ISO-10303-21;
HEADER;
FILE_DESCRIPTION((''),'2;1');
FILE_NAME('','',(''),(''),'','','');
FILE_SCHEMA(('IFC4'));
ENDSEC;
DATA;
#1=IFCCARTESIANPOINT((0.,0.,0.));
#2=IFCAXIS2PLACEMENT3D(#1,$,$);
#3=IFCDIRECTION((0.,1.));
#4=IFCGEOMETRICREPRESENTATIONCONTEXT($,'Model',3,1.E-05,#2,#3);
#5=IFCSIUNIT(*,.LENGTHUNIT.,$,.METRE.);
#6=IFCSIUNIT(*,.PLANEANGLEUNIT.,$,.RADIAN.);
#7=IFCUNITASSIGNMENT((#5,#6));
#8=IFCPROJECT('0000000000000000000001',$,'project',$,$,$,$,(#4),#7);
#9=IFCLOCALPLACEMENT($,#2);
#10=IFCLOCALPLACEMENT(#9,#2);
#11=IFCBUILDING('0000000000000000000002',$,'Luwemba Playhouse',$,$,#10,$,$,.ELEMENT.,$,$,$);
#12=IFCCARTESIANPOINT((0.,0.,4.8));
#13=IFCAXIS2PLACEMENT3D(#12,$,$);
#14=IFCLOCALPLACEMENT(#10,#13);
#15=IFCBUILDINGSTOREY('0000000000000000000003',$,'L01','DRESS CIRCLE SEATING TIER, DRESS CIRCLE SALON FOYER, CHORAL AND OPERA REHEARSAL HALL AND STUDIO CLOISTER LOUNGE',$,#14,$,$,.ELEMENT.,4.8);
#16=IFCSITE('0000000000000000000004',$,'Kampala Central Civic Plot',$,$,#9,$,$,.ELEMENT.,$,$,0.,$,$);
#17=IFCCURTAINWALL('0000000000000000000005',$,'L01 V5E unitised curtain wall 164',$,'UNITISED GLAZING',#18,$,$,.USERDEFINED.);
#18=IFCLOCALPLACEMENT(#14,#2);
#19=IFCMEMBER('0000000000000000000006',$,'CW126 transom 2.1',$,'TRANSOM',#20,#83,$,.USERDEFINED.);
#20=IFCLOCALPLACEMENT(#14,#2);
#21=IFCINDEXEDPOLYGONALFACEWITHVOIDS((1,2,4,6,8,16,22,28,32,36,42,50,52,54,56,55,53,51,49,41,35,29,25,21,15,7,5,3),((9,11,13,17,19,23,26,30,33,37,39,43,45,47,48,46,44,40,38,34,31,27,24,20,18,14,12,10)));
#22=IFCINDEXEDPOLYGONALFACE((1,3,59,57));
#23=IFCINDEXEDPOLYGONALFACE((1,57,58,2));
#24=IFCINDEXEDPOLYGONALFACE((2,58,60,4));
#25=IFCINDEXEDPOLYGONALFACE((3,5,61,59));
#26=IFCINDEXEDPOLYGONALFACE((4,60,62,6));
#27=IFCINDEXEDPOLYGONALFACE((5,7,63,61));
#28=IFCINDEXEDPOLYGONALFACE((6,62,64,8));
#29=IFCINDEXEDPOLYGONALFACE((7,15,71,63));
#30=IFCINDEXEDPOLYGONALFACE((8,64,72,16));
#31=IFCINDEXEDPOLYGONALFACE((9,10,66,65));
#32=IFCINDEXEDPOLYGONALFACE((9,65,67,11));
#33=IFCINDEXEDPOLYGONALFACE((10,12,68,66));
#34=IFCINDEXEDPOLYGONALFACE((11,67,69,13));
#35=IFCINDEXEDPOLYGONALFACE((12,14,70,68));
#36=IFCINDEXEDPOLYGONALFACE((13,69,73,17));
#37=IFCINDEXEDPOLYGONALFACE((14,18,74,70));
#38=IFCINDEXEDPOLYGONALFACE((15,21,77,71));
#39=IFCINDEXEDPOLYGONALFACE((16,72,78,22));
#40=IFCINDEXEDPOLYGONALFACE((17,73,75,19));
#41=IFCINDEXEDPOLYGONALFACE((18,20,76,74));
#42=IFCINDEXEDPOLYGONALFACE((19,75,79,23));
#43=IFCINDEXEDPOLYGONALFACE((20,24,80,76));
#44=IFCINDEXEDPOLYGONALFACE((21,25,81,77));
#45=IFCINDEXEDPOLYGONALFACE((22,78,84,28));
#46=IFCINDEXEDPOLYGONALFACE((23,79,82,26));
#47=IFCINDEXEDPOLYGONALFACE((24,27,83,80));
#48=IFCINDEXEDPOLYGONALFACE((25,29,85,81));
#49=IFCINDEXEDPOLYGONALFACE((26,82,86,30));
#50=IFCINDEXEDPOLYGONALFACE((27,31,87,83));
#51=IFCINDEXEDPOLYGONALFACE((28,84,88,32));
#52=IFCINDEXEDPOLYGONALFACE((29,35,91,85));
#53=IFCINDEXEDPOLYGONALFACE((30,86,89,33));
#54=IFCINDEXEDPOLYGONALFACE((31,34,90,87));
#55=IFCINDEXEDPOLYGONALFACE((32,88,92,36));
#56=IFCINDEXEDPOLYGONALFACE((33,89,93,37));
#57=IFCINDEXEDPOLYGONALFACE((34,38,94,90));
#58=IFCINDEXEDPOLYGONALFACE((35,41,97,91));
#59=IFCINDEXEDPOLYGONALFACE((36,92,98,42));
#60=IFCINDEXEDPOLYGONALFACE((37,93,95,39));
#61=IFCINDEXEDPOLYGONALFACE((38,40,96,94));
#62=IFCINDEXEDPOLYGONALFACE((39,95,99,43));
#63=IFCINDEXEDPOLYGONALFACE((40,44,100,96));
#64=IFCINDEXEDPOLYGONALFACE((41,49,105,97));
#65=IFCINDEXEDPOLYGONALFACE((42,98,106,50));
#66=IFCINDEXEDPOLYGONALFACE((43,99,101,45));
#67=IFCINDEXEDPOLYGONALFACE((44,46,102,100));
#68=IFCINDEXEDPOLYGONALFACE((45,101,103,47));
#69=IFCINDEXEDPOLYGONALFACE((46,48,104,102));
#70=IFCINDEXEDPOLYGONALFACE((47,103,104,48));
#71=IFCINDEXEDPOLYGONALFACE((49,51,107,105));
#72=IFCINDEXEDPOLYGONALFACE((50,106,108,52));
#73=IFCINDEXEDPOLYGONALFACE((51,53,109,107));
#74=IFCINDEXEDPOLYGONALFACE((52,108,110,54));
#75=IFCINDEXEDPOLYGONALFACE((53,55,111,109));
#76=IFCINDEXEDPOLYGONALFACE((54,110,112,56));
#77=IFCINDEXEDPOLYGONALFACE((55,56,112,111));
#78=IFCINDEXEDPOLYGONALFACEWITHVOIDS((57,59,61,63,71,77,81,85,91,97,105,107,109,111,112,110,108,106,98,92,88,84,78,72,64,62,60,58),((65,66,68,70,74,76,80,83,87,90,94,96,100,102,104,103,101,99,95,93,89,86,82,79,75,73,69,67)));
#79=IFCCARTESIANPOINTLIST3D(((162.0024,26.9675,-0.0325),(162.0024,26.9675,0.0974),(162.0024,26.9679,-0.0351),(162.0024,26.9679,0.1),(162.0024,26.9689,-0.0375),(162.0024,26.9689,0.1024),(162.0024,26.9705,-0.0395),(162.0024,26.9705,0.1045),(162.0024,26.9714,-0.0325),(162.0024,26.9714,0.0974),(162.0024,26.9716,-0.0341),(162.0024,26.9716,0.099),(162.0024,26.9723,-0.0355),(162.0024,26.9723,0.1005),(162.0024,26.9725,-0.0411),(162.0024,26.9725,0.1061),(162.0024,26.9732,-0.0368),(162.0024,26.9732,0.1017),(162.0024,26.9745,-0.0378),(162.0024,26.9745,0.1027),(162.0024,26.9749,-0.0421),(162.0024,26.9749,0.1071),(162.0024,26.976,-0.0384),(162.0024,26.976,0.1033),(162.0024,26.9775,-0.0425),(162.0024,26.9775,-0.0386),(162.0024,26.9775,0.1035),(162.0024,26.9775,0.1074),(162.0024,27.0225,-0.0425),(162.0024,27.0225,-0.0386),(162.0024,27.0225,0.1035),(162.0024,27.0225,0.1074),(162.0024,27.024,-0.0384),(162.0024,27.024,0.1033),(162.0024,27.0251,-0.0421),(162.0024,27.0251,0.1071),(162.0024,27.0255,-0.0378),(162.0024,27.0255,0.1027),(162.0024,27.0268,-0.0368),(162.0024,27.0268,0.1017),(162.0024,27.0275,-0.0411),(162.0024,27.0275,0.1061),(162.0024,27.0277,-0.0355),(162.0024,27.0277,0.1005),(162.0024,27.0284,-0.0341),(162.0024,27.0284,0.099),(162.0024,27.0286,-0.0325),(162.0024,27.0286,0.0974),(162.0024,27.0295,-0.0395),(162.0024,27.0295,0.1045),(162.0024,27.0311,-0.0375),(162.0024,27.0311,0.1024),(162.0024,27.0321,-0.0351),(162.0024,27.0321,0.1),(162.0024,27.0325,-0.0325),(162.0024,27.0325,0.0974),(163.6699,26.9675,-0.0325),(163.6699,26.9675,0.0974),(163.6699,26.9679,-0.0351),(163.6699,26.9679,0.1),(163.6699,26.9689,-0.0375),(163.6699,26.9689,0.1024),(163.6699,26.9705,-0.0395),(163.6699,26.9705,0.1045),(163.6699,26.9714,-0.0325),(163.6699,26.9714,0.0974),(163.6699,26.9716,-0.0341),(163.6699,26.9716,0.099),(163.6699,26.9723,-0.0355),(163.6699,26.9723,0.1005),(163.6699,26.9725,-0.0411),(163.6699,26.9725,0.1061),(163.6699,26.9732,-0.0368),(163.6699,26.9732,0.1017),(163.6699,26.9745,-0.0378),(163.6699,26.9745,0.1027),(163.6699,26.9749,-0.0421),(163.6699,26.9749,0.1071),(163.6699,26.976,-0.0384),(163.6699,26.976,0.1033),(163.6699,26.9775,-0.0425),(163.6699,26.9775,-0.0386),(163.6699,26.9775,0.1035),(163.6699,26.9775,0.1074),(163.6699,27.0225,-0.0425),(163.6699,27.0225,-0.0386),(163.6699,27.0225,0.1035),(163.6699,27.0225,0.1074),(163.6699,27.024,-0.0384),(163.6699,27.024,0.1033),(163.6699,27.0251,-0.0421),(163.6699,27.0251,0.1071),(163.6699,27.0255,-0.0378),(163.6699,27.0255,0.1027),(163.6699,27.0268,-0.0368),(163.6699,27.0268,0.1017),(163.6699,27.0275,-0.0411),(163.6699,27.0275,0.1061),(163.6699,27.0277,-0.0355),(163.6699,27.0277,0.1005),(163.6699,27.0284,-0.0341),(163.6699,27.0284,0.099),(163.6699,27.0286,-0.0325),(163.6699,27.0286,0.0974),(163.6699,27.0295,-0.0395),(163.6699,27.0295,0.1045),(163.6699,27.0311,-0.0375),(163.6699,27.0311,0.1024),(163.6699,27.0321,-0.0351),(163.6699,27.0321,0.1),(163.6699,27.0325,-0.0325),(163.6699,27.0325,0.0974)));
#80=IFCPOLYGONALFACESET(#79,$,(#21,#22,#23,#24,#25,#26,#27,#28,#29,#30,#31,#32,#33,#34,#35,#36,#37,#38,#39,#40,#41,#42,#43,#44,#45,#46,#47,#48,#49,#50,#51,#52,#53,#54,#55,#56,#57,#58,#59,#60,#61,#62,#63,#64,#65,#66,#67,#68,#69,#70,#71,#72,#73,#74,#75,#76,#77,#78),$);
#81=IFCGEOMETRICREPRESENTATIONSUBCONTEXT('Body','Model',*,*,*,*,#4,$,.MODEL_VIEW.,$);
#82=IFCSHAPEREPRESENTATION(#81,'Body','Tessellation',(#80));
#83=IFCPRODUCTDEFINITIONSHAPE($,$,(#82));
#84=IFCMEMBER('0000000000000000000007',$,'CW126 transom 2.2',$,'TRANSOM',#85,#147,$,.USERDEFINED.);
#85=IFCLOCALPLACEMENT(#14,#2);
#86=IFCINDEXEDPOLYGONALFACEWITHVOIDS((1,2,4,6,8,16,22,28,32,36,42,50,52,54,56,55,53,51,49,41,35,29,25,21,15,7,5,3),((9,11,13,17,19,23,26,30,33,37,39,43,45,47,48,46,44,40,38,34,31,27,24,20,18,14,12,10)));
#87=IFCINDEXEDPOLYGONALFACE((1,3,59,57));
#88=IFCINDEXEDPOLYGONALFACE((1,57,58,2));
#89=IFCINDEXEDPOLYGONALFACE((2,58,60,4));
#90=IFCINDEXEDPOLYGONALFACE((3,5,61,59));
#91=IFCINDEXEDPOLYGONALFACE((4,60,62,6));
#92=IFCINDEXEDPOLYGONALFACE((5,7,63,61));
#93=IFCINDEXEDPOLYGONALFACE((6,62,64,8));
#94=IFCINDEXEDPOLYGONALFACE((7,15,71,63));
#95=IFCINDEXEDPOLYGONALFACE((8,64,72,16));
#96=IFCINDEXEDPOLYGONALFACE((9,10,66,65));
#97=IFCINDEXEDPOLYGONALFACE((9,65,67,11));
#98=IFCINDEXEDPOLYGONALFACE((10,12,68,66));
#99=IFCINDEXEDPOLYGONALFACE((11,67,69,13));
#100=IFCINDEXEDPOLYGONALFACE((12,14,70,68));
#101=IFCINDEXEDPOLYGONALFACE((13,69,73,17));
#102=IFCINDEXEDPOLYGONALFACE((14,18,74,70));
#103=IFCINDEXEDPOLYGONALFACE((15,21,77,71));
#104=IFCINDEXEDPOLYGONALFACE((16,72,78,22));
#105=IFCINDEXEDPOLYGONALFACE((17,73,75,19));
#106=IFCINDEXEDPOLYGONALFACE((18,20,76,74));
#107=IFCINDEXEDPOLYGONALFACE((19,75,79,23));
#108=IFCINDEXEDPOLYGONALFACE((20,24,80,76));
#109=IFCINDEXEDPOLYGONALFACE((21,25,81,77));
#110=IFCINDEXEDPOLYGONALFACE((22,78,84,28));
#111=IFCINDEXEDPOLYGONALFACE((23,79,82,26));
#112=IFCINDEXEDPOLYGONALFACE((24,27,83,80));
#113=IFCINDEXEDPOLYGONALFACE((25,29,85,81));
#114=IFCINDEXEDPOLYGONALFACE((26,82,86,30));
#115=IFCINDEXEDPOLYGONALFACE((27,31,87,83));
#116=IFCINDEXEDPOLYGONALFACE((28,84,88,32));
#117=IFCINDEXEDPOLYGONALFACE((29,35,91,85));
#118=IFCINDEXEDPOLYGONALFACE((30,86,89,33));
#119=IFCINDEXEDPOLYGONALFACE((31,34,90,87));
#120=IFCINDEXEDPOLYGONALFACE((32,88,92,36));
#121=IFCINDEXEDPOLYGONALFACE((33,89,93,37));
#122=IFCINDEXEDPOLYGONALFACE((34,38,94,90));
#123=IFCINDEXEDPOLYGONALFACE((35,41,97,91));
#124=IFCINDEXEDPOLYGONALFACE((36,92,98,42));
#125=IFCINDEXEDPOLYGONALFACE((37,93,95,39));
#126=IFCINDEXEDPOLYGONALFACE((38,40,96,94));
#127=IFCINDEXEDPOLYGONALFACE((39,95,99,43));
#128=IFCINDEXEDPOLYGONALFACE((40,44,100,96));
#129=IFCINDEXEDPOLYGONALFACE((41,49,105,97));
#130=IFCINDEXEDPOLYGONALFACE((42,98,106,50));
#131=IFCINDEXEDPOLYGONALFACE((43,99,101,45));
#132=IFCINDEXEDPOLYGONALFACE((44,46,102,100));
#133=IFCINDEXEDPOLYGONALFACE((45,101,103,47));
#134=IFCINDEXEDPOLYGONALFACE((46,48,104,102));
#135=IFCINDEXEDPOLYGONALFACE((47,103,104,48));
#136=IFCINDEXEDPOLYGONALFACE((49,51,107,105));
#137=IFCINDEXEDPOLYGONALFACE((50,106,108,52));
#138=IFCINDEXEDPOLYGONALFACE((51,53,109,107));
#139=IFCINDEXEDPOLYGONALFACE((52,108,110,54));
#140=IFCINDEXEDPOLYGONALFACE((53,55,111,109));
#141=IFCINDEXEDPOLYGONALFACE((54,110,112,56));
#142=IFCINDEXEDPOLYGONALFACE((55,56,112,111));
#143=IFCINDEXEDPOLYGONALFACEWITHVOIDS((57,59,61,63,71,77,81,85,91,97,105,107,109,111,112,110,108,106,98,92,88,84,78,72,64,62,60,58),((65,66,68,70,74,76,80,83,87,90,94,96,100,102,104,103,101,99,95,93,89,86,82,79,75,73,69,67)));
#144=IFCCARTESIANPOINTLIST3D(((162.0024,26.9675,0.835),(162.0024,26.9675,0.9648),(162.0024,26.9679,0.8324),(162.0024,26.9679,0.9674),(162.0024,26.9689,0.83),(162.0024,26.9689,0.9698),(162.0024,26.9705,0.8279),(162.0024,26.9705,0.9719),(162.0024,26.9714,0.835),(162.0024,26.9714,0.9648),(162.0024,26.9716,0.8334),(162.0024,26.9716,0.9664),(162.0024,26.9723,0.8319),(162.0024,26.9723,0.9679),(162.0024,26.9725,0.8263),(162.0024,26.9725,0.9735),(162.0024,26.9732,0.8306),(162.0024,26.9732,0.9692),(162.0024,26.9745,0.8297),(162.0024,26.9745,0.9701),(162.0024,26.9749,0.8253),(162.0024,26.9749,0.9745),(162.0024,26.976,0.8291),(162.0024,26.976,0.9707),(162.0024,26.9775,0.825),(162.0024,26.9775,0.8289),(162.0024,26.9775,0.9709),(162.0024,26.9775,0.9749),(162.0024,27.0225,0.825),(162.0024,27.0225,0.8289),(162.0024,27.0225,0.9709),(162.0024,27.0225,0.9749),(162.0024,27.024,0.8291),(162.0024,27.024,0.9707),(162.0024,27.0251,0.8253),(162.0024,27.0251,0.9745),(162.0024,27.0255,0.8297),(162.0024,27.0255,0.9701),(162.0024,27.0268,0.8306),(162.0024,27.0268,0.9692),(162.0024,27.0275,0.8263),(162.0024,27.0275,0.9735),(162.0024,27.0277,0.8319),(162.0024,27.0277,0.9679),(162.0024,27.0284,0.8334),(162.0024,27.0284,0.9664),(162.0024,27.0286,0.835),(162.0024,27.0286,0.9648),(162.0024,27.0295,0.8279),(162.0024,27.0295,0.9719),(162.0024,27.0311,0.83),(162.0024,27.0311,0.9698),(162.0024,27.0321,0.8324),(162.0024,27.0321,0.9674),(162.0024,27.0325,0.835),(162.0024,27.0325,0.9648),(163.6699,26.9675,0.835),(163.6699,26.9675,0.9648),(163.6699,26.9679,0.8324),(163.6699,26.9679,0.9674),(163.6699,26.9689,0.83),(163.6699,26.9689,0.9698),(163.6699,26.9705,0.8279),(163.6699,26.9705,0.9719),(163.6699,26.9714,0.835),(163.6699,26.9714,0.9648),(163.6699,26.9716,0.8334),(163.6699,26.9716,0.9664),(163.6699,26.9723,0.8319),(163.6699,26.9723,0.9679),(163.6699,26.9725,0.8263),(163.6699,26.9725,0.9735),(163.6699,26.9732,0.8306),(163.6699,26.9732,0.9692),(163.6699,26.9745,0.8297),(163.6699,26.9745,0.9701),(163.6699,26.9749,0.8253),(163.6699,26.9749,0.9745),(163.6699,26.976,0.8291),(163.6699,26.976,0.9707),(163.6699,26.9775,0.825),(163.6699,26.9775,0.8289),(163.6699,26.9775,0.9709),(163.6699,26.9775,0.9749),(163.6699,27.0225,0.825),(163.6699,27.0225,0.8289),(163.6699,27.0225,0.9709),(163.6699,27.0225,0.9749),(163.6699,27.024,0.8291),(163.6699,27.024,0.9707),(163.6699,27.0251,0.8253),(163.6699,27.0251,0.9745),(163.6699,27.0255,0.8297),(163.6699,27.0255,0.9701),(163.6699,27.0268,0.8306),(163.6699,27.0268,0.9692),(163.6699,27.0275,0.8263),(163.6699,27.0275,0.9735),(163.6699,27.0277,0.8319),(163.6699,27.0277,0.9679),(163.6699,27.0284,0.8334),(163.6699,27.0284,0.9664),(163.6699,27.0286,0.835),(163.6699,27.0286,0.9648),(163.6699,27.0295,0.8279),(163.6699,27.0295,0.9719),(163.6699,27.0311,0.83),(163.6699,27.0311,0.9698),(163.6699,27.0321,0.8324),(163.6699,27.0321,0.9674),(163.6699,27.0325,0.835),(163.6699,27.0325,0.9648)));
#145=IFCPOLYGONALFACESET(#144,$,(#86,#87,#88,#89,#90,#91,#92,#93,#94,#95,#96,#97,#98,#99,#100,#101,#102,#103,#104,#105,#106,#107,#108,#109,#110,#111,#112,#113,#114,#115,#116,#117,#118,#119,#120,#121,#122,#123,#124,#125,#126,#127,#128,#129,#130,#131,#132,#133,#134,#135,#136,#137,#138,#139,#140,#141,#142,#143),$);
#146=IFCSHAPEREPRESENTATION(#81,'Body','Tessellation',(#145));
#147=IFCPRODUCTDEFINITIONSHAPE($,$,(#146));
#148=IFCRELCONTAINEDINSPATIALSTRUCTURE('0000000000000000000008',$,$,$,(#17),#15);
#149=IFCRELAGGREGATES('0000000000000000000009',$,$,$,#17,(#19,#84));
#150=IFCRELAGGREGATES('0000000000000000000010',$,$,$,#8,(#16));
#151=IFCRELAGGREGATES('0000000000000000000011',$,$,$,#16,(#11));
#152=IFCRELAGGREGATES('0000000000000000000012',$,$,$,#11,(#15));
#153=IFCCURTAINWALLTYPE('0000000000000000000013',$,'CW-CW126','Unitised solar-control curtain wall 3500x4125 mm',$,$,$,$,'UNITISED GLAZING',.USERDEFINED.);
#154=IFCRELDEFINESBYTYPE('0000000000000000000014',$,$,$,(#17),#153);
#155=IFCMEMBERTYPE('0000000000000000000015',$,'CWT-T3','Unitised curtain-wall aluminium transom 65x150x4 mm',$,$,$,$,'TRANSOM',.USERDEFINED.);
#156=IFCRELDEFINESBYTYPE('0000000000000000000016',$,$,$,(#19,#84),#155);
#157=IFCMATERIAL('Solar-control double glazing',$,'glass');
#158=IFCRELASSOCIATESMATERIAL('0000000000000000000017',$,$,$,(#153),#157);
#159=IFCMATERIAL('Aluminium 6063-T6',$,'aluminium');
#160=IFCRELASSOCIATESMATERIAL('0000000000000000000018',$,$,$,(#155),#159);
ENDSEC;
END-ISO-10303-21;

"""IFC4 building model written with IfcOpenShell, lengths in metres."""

from ifc_helpers import new_model, si_unit, direction, frame, origin, origin_2d, place, context, subcontext, project, spatial, hollow_rectangle, extrude, material, material_profile, profile_set, type_object, element, aggregate, save


model = new_model("IFC4")

# Units and contexts
model_context = context("Model", 3, precision=1e-05, world=origin(), true_north=direction((0.0, 1.0)))
body_context = subcontext(model_context, "Body", "Model", "MODEL_VIEW")
ifc_project = project(units=[si_unit("LENGTHUNIT", "METRE"), si_unit("PLANEANGLEUNIT", "RADIAN")], contexts=[model_context])

# Site, building, storey
site_placement = place(None, origin())
site = spatial("IfcSite", under=ifc_project, at=site_placement, Name="Kampala Central Civic Plot", CompositionType="ELEMENT", RefElevation=0.0)
building_placement = place(site_placement, origin())
building = spatial("IfcBuilding", under=site, at=building_placement, Name="Luwemba Playhouse", CompositionType="ELEMENT")
storey_placement = place(building_placement, frame((0.0, 0.0, 4.8)))
storey = spatial("IfcBuildingStorey", under=building, at=storey_placement, Name="L01", Description="DRESS CIRCLE SEATING TIER, DRESS CIRCLE SALON FOYER, CHORAL AND OPERA REHEARSAL HALL AND STUDIO CLOISTER LOUNGE", CompositionType="ELEMENT", Elevation=4.8)

# Curtain wall
ifc_material_1 = material(Name="Solar-control double glazing", Category="glass")
curtain_wall_type_1 = type_object("IfcCurtainWallType", Name="CW-CW126", Description="Unitised solar-control curtain wall 3500x4125 mm", ElementType="UNITISED GLAZING", PredefinedType="USERDEFINED", material=ifc_material_1)
curtain_wall_1_placement = place(storey_placement, origin())
curtain_wall_1 = element("IfcCurtainWall", 1, at=curtain_wall_1_placement, inside=storey, type_object=curtain_wall_type_1, Name="L01 V5E unitised curtain wall 164", ObjectType="UNITISED GLAZING", PredefinedType="USERDEFINED")
ifc_material_2 = material(Name="Aluminium 6063-T6", Category="aluminium")

# Members
ifc_material_profile_1 = material_profile(ifc_material_2, hollow_rectangle(XDim=0.0649, YDim=0.1499, WallThickness=0.0039, InnerFilletRadius=0.0061, OuterFilletRadius=0.01, at=origin_2d()))
ifc_profile_set_1 = profile_set([ifc_material_profile_1], Name="Aluminium 6063-T6")
member_type_1 = type_object("IfcMemberType", Name="CWT-T3", Description="Unitised curtain-wall aluminium transom 65x150x4 mm", ElementType="TRANSOM", PredefinedType="USERDEFINED", material=ifc_profile_set_1)
member_1_placement = place(storey_placement, frame((162.0024, 27.0, 0.0325), z_axis=(1.0, 0.0, 0.0), x_axis=(0.0, 1.0, 0.0)))
member_1 = element("IfcMember", 2, at=member_1_placement, type_object=member_type_1, Name="CW126 transom 2.1", ObjectType="TRANSOM", PredefinedType="USERDEFINED", context=body_context, shape_type="SweptSolid", body=[
    extrude(hollow_rectangle(XDim=0.0649, YDim=0.1499, WallThickness=0.0039, InnerFilletRadius=0.0061, OuterFilletRadius=0.01, at=origin_2d()), origin(), (0.0, 0.0, 1.0), 1.6675),
])
member_2_placement = place(storey_placement, frame((162.0024, 27.0, 0.8999), z_axis=(1.0, 0.0, 0.0), x_axis=(0.0, 1.0, 0.0)))
member_2 = element("IfcMember", 3, at=member_2_placement, type_object=member_type_1, Name="CW126 transom 2.2", ObjectType="TRANSOM", PredefinedType="USERDEFINED", context=body_context, shape_type="SweptSolid", body=[
    extrude(hollow_rectangle(XDim=0.0649, YDim=0.1499, WallThickness=0.0039, InnerFilletRadius=0.0061, OuterFilletRadius=0.01, at=origin_2d()), origin(), (0.0, 0.0, 1.0), 1.6675),
])

aggregate(curtain_wall_1, [member_1, member_2])

save(model, "model.ifc")
